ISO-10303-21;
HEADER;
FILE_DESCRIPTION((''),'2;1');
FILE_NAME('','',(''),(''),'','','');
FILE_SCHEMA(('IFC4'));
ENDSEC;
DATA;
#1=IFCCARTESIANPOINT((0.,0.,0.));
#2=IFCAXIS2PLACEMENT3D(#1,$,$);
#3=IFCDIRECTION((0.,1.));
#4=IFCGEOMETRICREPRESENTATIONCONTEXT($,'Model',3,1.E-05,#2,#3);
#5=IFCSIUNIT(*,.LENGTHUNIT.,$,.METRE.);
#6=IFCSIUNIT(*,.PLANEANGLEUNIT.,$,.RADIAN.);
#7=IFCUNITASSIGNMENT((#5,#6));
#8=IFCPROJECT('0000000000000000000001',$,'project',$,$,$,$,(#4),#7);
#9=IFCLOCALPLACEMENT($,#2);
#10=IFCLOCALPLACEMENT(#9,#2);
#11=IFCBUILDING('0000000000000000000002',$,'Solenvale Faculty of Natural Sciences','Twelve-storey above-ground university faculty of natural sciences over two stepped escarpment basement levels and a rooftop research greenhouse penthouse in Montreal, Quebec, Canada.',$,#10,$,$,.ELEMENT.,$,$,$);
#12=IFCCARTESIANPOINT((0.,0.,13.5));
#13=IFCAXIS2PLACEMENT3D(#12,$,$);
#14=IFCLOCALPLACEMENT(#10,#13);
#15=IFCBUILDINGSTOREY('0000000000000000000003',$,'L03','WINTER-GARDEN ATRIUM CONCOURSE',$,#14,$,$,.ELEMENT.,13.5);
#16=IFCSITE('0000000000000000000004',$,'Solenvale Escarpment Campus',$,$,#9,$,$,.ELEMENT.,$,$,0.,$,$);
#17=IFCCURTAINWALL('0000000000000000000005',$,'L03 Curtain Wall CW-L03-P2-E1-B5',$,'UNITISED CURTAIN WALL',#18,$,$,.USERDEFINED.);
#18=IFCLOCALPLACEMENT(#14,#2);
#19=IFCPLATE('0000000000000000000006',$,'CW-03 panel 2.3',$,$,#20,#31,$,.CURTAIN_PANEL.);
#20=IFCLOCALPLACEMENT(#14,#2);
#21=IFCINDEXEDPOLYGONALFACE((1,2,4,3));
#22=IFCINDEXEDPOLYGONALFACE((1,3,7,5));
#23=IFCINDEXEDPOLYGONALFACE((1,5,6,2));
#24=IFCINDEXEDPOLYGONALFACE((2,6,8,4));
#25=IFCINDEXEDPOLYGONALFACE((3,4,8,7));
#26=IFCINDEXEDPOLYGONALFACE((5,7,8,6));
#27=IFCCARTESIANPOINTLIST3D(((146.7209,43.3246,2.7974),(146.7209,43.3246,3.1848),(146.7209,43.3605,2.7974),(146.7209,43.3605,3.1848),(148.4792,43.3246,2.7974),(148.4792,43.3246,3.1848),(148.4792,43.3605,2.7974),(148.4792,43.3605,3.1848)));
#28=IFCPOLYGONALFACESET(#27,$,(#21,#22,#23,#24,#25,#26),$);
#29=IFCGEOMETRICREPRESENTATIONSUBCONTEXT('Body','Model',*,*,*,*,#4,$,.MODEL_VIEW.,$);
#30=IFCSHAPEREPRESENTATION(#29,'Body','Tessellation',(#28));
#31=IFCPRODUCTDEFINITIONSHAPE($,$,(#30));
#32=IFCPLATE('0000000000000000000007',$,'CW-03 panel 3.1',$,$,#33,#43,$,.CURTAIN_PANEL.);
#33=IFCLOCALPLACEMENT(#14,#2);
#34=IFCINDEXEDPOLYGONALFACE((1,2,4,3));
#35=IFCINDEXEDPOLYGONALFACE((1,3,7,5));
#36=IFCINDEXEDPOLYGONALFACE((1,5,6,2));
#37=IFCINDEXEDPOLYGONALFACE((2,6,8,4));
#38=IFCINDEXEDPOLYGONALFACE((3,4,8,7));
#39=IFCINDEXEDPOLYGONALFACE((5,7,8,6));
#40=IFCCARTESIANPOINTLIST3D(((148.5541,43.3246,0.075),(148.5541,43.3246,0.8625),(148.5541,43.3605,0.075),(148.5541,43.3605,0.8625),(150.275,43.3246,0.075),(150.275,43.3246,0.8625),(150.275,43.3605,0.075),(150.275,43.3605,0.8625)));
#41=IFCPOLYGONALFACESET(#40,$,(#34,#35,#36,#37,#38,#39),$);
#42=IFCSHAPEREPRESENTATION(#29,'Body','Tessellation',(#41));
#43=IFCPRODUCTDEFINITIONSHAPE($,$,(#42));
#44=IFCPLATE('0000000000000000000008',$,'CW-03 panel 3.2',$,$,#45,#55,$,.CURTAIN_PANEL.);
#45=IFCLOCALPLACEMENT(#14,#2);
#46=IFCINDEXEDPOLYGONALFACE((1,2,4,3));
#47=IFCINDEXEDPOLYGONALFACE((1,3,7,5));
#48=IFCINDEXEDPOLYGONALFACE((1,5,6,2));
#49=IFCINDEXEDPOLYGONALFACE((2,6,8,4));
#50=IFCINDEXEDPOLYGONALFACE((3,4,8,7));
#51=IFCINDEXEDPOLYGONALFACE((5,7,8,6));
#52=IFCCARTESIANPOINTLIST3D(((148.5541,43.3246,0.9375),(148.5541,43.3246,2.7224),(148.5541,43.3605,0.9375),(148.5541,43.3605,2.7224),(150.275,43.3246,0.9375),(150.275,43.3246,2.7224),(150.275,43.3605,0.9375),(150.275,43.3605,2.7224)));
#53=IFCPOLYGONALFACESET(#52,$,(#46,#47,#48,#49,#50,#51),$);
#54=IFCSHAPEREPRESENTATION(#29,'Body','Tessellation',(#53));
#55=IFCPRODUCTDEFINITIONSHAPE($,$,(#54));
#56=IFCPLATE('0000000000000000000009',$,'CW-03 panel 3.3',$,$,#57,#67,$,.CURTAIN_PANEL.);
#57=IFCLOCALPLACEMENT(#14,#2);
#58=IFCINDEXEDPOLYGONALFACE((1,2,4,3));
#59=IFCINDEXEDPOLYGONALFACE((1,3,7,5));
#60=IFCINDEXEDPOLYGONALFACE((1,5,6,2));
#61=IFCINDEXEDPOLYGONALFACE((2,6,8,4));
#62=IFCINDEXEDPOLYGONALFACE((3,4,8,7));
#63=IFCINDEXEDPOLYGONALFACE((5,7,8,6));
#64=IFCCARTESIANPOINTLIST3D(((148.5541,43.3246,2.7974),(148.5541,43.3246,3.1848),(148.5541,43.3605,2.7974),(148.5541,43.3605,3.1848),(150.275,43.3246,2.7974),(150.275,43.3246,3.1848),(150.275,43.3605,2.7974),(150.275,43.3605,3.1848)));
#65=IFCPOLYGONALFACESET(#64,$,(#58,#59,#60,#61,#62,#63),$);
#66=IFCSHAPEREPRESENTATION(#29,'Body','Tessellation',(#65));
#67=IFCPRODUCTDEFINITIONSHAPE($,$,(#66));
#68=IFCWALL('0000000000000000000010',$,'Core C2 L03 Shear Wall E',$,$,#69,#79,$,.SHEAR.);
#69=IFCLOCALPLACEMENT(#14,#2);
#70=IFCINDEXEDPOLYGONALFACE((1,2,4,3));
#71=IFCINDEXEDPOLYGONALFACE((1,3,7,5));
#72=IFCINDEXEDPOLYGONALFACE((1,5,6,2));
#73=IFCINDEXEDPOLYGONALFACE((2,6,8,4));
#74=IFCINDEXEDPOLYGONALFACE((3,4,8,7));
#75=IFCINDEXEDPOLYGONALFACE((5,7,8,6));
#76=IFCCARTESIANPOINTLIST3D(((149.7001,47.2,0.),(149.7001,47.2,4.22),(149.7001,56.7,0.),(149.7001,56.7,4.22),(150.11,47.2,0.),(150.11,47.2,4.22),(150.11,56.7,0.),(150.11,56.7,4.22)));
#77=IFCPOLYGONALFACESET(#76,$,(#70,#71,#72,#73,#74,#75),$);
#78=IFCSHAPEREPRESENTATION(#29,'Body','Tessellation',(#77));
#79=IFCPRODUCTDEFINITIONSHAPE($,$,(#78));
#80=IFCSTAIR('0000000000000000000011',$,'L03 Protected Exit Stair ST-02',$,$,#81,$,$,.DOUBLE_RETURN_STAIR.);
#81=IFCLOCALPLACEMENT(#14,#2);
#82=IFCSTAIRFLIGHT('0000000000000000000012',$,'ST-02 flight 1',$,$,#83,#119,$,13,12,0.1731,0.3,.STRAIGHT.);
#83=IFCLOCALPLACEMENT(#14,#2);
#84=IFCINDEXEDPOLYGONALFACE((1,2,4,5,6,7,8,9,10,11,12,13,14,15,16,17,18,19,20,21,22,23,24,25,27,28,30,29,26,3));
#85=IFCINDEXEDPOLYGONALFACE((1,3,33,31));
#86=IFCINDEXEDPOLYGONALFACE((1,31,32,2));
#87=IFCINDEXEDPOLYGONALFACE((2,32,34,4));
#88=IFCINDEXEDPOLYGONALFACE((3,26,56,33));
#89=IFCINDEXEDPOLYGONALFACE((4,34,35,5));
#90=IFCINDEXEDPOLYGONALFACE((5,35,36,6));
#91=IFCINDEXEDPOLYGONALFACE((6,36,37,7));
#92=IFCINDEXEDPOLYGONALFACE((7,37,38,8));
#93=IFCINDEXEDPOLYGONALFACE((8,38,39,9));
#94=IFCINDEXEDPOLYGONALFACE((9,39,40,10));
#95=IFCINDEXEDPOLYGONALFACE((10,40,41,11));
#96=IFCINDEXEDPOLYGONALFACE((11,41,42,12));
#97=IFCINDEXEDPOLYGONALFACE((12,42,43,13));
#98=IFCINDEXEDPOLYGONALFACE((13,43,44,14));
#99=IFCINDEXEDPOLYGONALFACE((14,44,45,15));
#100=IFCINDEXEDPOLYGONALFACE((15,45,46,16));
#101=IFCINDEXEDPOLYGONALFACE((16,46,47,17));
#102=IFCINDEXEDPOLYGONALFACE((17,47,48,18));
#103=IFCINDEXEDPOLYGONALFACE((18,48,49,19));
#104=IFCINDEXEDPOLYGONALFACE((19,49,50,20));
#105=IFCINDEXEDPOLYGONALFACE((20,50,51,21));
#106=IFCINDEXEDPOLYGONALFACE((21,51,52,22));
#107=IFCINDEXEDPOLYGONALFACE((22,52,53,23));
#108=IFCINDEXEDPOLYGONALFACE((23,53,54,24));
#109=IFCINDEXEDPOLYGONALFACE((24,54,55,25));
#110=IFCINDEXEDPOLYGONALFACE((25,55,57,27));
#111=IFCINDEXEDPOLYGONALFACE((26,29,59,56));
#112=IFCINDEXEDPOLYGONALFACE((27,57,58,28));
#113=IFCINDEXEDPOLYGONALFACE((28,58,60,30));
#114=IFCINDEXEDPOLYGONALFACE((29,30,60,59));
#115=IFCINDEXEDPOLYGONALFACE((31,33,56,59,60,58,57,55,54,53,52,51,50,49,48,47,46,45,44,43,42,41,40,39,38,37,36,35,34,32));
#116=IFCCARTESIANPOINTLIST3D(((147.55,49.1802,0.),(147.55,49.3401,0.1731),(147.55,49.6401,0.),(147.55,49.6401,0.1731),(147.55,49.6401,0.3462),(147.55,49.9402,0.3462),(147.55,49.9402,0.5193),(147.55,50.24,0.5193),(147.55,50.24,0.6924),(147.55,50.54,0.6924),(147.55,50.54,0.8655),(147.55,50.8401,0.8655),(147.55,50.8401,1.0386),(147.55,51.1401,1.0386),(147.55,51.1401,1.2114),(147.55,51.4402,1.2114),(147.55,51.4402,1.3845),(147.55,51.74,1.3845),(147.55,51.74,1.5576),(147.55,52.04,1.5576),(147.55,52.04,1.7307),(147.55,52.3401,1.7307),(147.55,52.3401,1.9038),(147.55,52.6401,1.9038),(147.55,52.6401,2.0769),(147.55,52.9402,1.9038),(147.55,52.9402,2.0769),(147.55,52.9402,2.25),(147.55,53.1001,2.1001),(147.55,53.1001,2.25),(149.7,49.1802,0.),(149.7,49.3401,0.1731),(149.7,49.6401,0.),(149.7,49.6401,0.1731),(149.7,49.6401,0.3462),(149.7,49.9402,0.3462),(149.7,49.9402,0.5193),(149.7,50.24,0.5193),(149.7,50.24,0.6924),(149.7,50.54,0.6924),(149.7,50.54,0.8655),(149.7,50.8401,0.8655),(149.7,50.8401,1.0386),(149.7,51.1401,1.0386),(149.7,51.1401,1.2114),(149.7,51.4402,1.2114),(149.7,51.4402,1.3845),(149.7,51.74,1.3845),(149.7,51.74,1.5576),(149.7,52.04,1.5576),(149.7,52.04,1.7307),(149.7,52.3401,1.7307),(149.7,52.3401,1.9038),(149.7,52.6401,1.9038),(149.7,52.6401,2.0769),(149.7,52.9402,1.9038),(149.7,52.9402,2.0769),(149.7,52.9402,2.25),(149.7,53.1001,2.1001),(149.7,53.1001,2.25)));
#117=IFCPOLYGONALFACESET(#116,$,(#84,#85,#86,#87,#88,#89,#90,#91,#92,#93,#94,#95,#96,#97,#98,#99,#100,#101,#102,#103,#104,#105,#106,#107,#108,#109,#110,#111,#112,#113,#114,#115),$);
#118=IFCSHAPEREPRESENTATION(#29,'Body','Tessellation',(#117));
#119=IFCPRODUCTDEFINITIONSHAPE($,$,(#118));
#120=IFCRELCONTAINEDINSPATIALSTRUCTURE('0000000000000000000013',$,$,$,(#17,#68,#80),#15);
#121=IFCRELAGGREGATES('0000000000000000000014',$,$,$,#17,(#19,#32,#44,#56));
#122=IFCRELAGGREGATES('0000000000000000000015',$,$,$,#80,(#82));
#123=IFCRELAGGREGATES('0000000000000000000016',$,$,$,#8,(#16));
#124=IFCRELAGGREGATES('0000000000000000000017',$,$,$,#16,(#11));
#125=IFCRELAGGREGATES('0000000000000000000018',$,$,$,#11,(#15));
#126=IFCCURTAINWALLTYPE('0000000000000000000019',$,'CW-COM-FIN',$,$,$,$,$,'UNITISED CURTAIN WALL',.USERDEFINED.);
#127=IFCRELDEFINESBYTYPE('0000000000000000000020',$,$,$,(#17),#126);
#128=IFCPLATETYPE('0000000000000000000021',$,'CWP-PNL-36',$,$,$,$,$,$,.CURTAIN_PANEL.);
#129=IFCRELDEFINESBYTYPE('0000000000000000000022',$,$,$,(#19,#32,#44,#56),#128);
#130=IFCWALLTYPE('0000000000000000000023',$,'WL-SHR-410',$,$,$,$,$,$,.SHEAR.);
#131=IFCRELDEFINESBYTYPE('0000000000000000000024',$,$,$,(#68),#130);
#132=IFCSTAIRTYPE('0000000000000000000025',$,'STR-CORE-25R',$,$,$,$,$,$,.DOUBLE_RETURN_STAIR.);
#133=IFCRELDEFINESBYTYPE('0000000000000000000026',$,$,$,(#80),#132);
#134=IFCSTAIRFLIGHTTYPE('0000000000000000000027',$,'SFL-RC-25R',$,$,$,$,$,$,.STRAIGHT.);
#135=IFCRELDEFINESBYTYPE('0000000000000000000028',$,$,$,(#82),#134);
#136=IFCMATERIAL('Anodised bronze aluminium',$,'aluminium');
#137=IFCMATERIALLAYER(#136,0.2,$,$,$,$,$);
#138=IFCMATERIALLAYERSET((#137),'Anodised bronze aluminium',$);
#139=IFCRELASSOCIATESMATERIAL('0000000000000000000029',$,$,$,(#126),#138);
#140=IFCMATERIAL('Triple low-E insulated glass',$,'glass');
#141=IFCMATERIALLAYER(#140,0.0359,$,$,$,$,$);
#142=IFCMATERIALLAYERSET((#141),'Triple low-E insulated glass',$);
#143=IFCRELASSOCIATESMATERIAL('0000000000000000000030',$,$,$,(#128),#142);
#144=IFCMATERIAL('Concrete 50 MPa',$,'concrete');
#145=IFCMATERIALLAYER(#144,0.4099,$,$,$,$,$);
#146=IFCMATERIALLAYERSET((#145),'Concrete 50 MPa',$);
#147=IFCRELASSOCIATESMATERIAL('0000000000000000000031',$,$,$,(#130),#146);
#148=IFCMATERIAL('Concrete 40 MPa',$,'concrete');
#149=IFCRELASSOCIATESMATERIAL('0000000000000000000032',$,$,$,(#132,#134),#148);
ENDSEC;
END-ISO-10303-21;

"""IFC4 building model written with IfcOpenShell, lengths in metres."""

from ifc_helpers import new_model, si_unit, direction, frame, frame_2d, origin, origin_2d, place, context, subcontext, project, spatial, polyline, rectangle, outline, extrude, material, layer, layer_set, type_object, element, aggregate, save


model = new_model("IFC4")

# Units and contexts
model_context = context("Model", 3, precision=1e-05, world=origin(), true_north=direction((0.0, 1.0)))
body_context = subcontext(model_context, "Body", "Model", "MODEL_VIEW")
ifc_project = project(units=[si_unit("LENGTHUNIT", "METRE"), si_unit("PLANEANGLEUNIT", "RADIAN")], contexts=[model_context])

# Site, building, storey
site_placement = place(None, origin())
site = spatial("IfcSite", under=ifc_project, at=site_placement, Name="Solenvale Escarpment Campus", CompositionType="ELEMENT", RefElevation=0.0)
building_placement = place(site_placement, origin())
building = spatial("IfcBuilding", under=site, at=building_placement, Name="Solenvale Faculty of Natural Sciences", Description="Twelve-storey above-ground university faculty of natural sciences over two stepped escarpment basement levels and a rooftop research greenhouse penthouse in Montreal, Quebec, Canada.", CompositionType="ELEMENT")
storey_placement = place(building_placement, frame((0.0, 0.0, 13.5)))
storey = spatial("IfcBuildingStorey", under=building, at=storey_placement, Name="L03", Description="WINTER-GARDEN ATRIUM CONCOURSE", CompositionType="ELEMENT", Elevation=13.5)

# Curtain wall, plates
ifc_material_1 = material(Name="Anodised bronze aluminium", Category="aluminium")
ifc_layer_1 = layer(ifc_material_1, 0.2)
ifc_layer_set_1 = layer_set([ifc_layer_1], Name="Anodised bronze aluminium")
curtain_wall_type = type_object("IfcCurtainWallType", Name="CW-COM-FIN", ElementType="UNITISED CURTAIN WALL", PredefinedType="USERDEFINED", material=ifc_layer_set_1)
curtain_wall_placement = place(storey_placement, origin())
curtain_wall = element("IfcCurtainWall", 1, at=curtain_wall_placement, inside=storey, type_object=curtain_wall_type, Name="L03 Curtain Wall CW-L03-P2-E1-B5", ObjectType="UNITISED CURTAIN WALL", PredefinedType="USERDEFINED")
ifc_material_2 = material(Name="Triple low-E insulated glass", Category="glass")
ifc_layer_2 = layer(ifc_material_2, 0.0359)
ifc_layer_set_2 = layer_set([ifc_layer_2], Name="Triple low-E insulated glass")
plate_type = type_object("IfcPlateType", Name="CWP-PNL-36", PredefinedType="CURTAIN_PANEL", material=ifc_layer_set_2)
plate_1_placement = place(storey_placement, frame((147.6001, 43.3425, 2.7974), z_axis=(0.0, 0.0, 1.0), x_axis=(1.0, 0.0, 0.0)))
plate_1 = element("IfcPlate", 2, at=plate_1_placement, type_object=plate_type, Name="CW-03 panel 2.3", PredefinedType="CURTAIN_PANEL", context=body_context, shape_type="SweptSolid", body=[
    extrude(rectangle(XDim=1.7583, YDim=0.0359, at=origin_2d()), origin(), (0.0, 0.0, 1.0), 0.3875),
])
plate_2_placement = place(storey_placement, frame((149.4146, 43.3425, 0.075), z_axis=(0.0, 0.0, 1.0), x_axis=(1.0, 0.0, 0.0)))
plate_2 = element("IfcPlate", 3, at=plate_2_placement, type_object=plate_type, Name="CW-03 panel 3.1", PredefinedType="CURTAIN_PANEL", context=body_context, shape_type="SweptSolid", body=[
    extrude(rectangle(XDim=1.7209, YDim=0.0359, at=origin_2d()), origin(), (0.0, 0.0, 1.0), 0.7876),
])
plate_3_placement = place(storey_placement, frame((149.4146, 43.3425, 0.9375), z_axis=(0.0, 0.0, 1.0), x_axis=(1.0, 0.0, 0.0)))
plate_3 = element("IfcPlate", 4, at=plate_3_placement, type_object=plate_type, Name="CW-03 panel 3.2", PredefinedType="CURTAIN_PANEL", context=body_context, shape_type="SweptSolid", body=[
    extrude(rectangle(XDim=1.7209, YDim=0.0359, at=origin_2d()), origin(), (0.0, 0.0, 1.0), 1.7849),
])
plate_4_placement = place(storey_placement, frame((149.4146, 43.3425, 2.7974), z_axis=(0.0, 0.0, 1.0), x_axis=(1.0, 0.0, 0.0)))
plate_4 = element("IfcPlate", 5, at=plate_4_placement, type_object=plate_type, Name="CW-03 panel 3.3", PredefinedType="CURTAIN_PANEL", context=body_context, shape_type="SweptSolid", body=[
    extrude(rectangle(XDim=1.7209, YDim=0.0359, at=origin_2d()), origin(), (0.0, 0.0, 1.0), 0.3875),
])
aggregate(curtain_wall, [plate_1, plate_2, plate_3, plate_4])

# Wall
ifc_material_3 = material(Name="Concrete 50 MPa", Category="concrete")
ifc_layer_3 = layer(ifc_material_3, 0.4099)
ifc_layer_set_3 = layer_set([ifc_layer_3], Name="Concrete 50 MPa")
wall_type = type_object("IfcWallType", Name="WL-SHR-410", PredefinedType="SHEAR", material=ifc_layer_set_3)
wall_placement = place(storey_placement, frame((149.905, 47.2, 0.0), z_axis=(0.0, 0.0, 1.0), x_axis=(0.0, 1.0, 0.0)))
element("IfcWall", 6, at=wall_placement, inside=storey, type_object=wall_type, Name="Core C2 L03 Shear Wall E", PredefinedType="SHEAR", context=body_context, shape_type="SweptSolid", body=[
    extrude(rectangle(XDim=9.5, YDim=0.4099, at=frame_2d((4.75, 0.0))), origin(), (0.0, 0.0, 1.0), 4.22),
])

# Stair, stair flight
ifc_material_4 = material(Name="Concrete 40 MPa", Category="concrete")
stair_type = type_object("IfcStairType", Name="STR-CORE-25R", PredefinedType="DOUBLE_RETURN_STAIR", material=ifc_material_4)
stair_placement = place(storey_placement, origin())
stair = element("IfcStair", 7, at=stair_placement, inside=storey, type_object=stair_type, Name="L03 Protected Exit Stair ST-02", PredefinedType="DOUBLE_RETURN_STAIR")
stair_flight_type = type_object("IfcStairFlightType", Name="SFL-RC-25R", PredefinedType="STRAIGHT", material=ifc_material_4)
stair_flight_placement = place(storey_placement, frame((148.625, 49.3401, 0.0), z_axis=(0.0, 0.0, 1.0), x_axis=(0.0, 1.0, 0.0)))
stair_flight = element("IfcStairFlight", 8, at=stair_flight_placement, type_object=stair_flight_type, Name="ST-02 flight 1", NumberOfRisers=13, NumberOfTreads=12, PredefinedType="STRAIGHT", RiserHeight=0.1731, TreadLength=0.3, context=body_context, shape_type="SweptSolid", body=[
    extrude(outline(polyline([(-0.1599, 0.0), (0.0, 0.1731), (0.3, 0.1731), (0.3, 0.3462), (0.6001, 0.3462), (0.6001, 0.5193), (0.8999, 0.5193), (0.8999, 0.6924), (1.2, 0.6924), (1.2, 0.8655), (1.5, 0.8655), (1.5, 1.0386), (1.8, 1.0386), (1.8, 1.2114), (2.1001, 1.2114), (2.1001, 1.3845), (2.3999, 1.3845), (2.3999, 1.5576), (2.7, 1.5576), (2.7, 1.7307), (3.0, 1.7307), (3.0, 1.9038), (3.3, 1.9038), (3.3, 2.0769), (3.6001, 2.0769), (3.6001, 2.25), (3.76, 2.25), (3.76, 2.1001), (3.6001, 1.9038), (0.3, 0.0), (-0.1599, 0.0)])), frame((0.0, 1.075, 0.0), z_axis=(0.0, -1.0, 0.0), x_axis=(1.0, 0.0, 0.0)), (0.0, 0.0, 1.0), 2.1499),
])
aggregate(stair, [stair_flight])

save(model, "model.ifc")
